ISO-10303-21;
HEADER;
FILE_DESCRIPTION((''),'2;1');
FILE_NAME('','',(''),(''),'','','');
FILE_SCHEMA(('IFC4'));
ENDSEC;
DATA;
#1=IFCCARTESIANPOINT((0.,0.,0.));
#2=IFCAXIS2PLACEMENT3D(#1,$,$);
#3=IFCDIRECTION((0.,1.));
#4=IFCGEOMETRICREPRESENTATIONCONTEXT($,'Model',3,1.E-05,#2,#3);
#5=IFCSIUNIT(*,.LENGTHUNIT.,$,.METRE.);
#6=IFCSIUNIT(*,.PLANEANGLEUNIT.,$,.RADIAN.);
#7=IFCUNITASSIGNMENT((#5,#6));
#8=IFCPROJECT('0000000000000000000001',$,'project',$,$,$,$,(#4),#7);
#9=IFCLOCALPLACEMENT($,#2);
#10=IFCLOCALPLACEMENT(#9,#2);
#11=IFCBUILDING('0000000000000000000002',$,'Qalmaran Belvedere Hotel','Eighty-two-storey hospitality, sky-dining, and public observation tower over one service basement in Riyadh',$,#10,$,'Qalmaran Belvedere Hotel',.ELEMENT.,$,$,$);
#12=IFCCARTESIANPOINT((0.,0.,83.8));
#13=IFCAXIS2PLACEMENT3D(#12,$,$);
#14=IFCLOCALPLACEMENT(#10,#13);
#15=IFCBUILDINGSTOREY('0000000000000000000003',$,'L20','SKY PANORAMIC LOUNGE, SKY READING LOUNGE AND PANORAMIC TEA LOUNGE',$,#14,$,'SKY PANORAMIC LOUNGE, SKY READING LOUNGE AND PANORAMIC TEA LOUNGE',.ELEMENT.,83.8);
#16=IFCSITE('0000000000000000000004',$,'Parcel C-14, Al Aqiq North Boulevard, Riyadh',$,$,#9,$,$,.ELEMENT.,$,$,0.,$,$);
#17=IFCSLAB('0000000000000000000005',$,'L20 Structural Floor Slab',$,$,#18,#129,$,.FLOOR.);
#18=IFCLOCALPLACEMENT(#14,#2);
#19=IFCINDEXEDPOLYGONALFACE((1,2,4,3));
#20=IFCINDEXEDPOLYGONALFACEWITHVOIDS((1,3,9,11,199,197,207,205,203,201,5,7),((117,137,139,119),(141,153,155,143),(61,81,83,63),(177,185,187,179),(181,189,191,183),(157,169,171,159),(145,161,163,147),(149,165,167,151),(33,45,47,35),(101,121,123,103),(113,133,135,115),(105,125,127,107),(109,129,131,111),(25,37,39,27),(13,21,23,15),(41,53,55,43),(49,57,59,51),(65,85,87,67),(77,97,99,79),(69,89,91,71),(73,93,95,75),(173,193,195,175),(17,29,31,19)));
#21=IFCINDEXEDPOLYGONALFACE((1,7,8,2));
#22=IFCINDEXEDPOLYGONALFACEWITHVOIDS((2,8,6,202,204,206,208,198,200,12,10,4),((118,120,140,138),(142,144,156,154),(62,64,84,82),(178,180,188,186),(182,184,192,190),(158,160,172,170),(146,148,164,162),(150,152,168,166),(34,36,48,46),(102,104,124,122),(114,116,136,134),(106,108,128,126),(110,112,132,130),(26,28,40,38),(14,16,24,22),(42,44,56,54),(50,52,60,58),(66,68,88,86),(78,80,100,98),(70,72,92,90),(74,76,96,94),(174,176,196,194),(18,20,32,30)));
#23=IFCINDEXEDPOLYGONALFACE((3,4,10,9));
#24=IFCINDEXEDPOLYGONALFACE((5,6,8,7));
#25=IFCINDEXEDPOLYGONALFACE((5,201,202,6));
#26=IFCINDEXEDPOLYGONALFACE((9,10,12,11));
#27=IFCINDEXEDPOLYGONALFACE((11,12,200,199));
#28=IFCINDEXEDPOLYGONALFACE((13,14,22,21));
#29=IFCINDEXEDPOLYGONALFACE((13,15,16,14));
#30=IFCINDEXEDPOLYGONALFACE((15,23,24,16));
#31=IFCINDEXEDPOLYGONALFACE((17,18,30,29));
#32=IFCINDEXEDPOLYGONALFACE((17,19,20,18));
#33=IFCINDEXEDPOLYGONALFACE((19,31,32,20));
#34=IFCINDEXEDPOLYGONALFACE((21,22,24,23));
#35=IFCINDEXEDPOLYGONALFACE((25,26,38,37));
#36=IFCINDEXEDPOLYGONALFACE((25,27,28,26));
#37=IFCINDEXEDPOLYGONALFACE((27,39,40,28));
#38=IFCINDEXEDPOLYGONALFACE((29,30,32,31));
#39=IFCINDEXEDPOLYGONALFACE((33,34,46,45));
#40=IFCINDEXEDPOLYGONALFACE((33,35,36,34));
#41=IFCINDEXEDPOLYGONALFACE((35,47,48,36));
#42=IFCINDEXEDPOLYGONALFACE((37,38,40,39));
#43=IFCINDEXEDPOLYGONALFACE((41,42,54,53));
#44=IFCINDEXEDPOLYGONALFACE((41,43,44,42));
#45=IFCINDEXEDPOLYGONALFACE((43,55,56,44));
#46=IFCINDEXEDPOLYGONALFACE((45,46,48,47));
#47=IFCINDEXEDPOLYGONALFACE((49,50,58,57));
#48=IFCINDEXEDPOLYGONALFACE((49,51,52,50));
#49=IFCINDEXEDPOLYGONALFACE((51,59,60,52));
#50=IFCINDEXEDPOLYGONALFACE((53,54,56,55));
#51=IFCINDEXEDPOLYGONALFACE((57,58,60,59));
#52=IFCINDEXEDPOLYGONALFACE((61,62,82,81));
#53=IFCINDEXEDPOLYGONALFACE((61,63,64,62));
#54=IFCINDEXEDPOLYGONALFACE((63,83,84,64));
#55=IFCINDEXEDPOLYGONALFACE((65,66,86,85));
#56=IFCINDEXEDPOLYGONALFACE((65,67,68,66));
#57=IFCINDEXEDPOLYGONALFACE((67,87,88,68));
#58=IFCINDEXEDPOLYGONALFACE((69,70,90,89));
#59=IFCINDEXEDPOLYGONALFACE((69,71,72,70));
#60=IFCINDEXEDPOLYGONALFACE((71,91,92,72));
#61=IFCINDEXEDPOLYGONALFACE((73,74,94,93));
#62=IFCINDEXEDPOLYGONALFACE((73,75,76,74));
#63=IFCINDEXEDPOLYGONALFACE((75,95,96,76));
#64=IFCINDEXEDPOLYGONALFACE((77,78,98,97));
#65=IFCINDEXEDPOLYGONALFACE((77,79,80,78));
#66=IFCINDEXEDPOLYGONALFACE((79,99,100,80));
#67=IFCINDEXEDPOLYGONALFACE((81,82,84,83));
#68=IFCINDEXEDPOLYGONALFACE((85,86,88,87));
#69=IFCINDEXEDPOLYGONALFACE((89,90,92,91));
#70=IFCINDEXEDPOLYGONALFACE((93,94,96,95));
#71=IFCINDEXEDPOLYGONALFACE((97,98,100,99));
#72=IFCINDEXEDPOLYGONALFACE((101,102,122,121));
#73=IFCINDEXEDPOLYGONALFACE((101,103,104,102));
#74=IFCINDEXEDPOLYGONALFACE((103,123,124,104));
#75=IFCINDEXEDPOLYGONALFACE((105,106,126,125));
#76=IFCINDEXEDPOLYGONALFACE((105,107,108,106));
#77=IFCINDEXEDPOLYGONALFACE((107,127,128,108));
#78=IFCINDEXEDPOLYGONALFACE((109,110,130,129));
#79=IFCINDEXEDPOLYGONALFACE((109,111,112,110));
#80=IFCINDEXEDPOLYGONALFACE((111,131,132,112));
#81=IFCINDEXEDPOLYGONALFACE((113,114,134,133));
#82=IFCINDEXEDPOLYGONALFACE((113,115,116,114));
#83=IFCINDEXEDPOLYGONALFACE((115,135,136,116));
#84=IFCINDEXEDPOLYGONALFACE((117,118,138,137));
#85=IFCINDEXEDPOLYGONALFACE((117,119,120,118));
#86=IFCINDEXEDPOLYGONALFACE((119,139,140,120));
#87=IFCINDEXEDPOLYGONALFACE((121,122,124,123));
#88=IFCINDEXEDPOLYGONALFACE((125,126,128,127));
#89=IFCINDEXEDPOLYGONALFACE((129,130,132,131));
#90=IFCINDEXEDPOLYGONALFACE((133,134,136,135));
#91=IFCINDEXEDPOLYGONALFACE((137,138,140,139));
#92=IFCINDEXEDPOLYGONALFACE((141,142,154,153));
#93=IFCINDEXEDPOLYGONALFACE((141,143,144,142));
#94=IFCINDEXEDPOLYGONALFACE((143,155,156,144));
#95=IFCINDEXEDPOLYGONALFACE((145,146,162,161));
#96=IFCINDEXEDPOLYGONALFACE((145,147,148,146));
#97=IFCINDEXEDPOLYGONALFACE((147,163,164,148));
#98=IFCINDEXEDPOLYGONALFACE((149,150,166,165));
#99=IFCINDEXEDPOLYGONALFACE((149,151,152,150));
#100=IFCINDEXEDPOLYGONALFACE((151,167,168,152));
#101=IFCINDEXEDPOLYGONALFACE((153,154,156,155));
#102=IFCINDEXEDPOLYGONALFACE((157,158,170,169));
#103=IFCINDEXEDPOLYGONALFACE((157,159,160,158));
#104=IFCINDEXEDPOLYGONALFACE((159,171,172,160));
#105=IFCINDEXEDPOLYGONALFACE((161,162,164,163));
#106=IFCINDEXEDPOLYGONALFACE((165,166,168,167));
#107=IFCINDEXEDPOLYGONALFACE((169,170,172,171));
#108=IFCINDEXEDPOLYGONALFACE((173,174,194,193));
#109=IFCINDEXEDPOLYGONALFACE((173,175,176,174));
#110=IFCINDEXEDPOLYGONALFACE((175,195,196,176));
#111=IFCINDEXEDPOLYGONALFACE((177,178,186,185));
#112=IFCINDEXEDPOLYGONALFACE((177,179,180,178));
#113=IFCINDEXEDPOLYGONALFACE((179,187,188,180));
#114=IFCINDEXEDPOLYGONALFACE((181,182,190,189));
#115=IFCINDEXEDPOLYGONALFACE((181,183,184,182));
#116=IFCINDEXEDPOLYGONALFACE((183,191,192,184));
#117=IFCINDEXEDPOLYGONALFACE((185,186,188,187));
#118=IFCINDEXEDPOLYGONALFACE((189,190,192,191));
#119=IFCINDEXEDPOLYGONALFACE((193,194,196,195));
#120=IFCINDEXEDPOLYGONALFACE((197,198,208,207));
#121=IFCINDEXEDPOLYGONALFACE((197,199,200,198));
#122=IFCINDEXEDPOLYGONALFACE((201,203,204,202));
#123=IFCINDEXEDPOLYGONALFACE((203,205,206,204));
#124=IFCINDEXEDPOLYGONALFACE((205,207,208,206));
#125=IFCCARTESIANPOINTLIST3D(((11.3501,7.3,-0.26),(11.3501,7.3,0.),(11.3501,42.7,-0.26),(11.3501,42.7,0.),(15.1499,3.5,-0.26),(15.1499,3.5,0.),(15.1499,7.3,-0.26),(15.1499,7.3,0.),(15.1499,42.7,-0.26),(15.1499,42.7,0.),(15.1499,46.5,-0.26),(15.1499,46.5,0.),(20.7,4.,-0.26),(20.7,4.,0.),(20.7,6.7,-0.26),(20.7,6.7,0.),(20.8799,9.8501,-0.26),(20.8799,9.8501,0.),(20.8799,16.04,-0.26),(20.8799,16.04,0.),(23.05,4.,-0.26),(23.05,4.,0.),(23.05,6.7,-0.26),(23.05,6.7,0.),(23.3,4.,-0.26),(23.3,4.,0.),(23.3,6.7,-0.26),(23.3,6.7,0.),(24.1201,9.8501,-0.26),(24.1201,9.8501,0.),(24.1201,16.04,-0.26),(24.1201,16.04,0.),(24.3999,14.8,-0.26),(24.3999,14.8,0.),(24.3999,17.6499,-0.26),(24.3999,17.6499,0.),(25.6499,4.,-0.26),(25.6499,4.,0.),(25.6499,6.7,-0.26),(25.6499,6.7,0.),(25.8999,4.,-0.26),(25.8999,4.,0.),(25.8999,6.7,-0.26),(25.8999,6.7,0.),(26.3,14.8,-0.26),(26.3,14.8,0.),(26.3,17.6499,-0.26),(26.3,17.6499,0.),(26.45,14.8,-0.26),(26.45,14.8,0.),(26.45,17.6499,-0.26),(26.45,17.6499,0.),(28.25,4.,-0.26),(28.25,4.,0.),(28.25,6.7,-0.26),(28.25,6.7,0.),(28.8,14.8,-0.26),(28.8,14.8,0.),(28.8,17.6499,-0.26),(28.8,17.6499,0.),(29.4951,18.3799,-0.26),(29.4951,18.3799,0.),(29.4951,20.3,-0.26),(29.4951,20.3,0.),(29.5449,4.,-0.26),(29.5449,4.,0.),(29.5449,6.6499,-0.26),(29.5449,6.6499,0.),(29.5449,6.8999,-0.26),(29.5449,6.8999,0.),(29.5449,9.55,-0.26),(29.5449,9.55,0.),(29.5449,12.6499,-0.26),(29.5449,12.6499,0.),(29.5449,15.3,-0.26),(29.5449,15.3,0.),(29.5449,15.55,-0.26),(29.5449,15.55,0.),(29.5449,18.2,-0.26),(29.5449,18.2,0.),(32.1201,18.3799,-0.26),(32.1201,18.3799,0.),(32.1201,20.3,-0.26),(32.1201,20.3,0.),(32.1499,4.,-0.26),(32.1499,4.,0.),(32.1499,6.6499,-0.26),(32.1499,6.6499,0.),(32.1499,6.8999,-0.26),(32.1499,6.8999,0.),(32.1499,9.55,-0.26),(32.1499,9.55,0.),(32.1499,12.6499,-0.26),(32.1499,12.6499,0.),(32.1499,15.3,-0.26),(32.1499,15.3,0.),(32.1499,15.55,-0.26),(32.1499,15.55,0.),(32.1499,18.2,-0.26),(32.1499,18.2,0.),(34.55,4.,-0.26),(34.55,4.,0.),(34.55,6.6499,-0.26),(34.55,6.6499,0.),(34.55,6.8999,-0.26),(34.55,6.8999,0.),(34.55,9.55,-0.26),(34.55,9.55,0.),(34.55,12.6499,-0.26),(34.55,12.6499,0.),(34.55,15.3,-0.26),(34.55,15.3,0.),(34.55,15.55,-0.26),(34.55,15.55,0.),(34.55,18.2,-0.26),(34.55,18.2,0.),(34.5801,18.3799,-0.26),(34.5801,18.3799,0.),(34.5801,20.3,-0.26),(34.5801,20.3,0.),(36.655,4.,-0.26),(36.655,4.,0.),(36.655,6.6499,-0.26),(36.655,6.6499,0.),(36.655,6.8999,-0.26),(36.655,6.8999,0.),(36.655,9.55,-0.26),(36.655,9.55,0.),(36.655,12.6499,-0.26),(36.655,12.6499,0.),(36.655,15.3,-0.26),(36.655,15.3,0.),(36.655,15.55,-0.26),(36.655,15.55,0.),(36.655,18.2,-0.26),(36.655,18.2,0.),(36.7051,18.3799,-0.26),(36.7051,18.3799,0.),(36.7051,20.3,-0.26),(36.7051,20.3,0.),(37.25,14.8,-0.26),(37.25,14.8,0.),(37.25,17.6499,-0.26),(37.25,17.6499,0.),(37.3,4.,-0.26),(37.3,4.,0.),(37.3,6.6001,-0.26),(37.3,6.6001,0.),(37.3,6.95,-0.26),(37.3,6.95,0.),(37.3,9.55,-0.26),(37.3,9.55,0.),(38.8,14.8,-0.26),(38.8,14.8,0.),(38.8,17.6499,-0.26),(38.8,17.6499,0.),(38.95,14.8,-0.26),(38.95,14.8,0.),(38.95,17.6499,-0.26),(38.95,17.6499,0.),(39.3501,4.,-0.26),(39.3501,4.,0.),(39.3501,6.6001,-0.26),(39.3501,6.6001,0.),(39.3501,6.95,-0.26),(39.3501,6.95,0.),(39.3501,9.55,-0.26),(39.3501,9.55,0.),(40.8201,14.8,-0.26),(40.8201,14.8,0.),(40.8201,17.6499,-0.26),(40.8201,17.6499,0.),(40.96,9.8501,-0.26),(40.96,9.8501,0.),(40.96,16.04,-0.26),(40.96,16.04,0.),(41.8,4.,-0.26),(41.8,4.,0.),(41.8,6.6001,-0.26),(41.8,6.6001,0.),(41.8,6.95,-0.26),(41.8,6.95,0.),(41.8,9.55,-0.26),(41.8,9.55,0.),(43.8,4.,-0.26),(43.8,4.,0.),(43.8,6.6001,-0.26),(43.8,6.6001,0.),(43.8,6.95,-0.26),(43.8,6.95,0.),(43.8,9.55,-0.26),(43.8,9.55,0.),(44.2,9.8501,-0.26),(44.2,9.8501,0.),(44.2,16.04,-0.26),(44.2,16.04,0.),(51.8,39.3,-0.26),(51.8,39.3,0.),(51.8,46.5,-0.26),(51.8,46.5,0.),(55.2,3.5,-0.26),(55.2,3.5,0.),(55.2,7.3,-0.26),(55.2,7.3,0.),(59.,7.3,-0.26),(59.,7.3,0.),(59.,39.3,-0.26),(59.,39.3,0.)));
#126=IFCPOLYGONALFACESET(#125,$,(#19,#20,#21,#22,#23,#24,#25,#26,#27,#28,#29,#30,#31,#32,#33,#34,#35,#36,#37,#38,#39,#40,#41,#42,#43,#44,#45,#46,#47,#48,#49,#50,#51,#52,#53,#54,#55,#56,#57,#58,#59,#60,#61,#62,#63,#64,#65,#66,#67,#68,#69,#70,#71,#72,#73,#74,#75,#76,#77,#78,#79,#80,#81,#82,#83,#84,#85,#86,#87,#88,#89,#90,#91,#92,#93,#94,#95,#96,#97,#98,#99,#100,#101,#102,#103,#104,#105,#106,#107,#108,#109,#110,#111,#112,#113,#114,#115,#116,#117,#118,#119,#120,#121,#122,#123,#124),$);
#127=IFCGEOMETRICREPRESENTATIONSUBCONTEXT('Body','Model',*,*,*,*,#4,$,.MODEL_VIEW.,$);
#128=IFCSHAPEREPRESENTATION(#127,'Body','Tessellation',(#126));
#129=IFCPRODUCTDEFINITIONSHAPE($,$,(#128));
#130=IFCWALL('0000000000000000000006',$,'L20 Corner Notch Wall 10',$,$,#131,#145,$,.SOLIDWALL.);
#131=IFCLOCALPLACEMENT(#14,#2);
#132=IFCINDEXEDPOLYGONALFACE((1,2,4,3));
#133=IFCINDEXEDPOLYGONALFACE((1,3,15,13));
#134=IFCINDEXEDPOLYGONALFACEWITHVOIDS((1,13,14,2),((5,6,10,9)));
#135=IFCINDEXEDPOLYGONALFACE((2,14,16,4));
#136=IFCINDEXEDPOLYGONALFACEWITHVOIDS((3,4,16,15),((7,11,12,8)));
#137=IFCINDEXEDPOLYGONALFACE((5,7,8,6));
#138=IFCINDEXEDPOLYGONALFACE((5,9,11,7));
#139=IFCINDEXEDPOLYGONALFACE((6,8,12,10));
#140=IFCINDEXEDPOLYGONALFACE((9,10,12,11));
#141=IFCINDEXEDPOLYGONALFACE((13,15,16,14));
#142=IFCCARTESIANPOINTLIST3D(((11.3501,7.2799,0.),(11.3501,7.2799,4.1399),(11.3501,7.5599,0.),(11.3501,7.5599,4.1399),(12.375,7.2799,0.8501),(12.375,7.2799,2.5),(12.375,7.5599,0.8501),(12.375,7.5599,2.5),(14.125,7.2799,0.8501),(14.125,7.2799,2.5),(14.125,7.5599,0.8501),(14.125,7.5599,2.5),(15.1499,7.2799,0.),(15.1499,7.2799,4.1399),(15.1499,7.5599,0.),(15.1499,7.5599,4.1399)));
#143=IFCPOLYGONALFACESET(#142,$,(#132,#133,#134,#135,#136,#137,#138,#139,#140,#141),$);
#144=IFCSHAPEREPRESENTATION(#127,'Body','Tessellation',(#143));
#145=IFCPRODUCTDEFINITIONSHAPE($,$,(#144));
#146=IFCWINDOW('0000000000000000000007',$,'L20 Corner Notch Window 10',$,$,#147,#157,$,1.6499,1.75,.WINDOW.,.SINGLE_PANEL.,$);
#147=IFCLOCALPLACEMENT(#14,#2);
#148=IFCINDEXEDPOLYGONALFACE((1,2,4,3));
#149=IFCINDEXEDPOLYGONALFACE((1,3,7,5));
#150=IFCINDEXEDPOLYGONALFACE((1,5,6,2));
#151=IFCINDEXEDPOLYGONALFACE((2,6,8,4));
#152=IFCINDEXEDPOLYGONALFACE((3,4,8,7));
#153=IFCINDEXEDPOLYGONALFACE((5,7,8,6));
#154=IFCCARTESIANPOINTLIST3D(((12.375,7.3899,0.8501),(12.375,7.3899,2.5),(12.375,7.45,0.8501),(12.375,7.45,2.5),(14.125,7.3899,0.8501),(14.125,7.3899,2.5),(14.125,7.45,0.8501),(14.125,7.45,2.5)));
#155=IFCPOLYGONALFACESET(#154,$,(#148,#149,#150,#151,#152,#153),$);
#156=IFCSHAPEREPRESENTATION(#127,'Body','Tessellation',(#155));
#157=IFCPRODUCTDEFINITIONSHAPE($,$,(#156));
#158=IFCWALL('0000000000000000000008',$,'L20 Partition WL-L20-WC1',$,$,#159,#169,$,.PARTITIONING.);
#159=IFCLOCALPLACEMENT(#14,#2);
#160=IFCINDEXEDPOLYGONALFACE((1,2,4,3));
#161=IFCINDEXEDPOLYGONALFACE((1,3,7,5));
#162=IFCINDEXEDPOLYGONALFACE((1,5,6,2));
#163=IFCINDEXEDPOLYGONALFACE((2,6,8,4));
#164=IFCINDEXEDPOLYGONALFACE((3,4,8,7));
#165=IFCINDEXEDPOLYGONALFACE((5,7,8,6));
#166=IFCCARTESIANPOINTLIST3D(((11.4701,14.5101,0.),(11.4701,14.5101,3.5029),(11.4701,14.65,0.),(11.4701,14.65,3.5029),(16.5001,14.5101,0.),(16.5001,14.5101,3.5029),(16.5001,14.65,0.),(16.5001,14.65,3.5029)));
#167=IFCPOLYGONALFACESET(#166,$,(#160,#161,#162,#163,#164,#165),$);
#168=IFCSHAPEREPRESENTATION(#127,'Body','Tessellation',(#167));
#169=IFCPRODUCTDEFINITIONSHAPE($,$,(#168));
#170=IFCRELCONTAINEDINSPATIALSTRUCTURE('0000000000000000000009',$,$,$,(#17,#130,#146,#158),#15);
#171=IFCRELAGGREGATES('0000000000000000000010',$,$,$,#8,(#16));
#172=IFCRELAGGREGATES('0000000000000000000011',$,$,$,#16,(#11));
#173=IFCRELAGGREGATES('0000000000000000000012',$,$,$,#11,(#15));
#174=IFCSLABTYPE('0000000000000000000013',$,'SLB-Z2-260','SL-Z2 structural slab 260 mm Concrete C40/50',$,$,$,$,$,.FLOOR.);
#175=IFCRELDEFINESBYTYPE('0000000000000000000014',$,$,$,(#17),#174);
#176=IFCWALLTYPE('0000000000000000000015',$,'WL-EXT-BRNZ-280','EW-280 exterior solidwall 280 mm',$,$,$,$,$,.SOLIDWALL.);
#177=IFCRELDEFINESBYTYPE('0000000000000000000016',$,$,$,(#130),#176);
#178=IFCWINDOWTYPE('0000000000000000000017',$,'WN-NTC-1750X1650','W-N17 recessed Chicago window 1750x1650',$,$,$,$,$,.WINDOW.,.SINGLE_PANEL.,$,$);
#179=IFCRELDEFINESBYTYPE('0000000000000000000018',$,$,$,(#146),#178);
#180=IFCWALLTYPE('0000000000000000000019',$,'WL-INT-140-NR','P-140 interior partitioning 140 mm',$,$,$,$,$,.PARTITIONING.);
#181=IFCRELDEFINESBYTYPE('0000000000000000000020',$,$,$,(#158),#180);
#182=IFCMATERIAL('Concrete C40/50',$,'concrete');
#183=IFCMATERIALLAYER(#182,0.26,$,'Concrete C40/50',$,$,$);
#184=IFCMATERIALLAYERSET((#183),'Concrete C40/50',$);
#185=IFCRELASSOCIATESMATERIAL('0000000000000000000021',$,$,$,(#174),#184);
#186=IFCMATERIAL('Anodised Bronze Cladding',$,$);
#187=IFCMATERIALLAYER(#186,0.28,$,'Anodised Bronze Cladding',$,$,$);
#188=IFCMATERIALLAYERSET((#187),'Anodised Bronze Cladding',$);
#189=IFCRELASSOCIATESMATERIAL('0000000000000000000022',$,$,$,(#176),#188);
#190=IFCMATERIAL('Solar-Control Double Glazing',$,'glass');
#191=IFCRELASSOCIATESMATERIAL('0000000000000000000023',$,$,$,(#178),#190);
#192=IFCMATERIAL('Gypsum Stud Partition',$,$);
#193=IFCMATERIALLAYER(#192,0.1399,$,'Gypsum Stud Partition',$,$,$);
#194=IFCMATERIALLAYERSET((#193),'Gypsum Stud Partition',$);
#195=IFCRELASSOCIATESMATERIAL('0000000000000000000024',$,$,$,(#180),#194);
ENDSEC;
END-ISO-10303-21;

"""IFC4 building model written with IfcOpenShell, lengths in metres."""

from ifc_helpers import new_model, si_unit, direction, frame, frame_2d, origin, place, context, subcontext, project, spatial, polyline, rectangle, outline, extrude, material, layer, layer_set, type_object, element, fill, save


model = new_model("IFC4")

# Units and contexts
model_context = context("Model", 3, precision=1e-05, world=origin(), true_north=direction((0.0, 1.0)))
body_context = subcontext(model_context, "Body", "Model", "MODEL_VIEW")
ifc_project = project(units=[si_unit("LENGTHUNIT", "METRE"), si_unit("PLANEANGLEUNIT", "RADIAN")], contexts=[model_context])

# Site, building, storey
site_placement = place(None, origin())
site = spatial("IfcSite", under=ifc_project, at=site_placement, Name="Parcel C-14, Al Aqiq North Boulevard, Riyadh", CompositionType="ELEMENT", RefElevation=0.0)
building_placement = place(site_placement, origin())
building = spatial("IfcBuilding", under=site, at=building_placement, Name="Qalmaran Belvedere Hotel", Description="Eighty-two-storey hospitality, sky-dining, and public observation tower over one service basement in Riyadh", LongName="Qalmaran Belvedere Hotel", CompositionType="ELEMENT")
storey_placement = place(building_placement, frame((0.0, 0.0, 83.8)))
storey = spatial("IfcBuildingStorey", under=building, at=storey_placement, Name="L20", Description="SKY PANORAMIC LOUNGE, SKY READING LOUNGE AND PANORAMIC TEA LOUNGE", LongName="SKY PANORAMIC LOUNGE, SKY READING LOUNGE AND PANORAMIC TEA LOUNGE", CompositionType="ELEMENT", Elevation=83.8)

# Shared definitions
ifc_material_1 = material(Name="Solar-Control Double Glazing", Category="glass")

# Shared definitions
ifc_material_2 = material(Name="Concrete C40/50", Category="concrete")

# Slab
ifc_layer_1 = layer(ifc_material_2, 0.26, Name="Concrete C40/50")
ifc_layer_set_1 = layer_set([ifc_layer_1], Name="Concrete C40/50")
slab_type_1 = type_object("IfcSlabType", Name="SLB-Z2-260", Description="SL-Z2 structural slab 260 mm Concrete C40/50", PredefinedType="FLOOR", material=ifc_layer_set_1)
slab_1_placement = place(storey_placement, frame((0.0, 0.0, -0.26)))
element("IfcSlab", 1, at=slab_1_placement, inside=storey, type_object=slab_type_1, Name="L20 Structural Floor Slab", PredefinedType="FLOOR", context=body_context, shape_type="SweptSolid", body=[
    extrude(outline(polyline([(15.1499, 3.5), (55.2, 3.5), (55.2, 7.3), (59.0, 7.3), (59.0, 39.3), (51.8, 39.3), (51.8, 46.5), (15.1499, 46.5), (15.1499, 42.7), (11.3501, 42.7), (11.3501, 7.3), (15.1499, 7.3), (15.1499, 3.5)]), holes=[polyline([(20.8799, 9.8501), (24.1201, 9.8501), (24.1201, 16.04), (20.8799, 16.04), (20.8799, 9.8501)]), polyline([(40.96, 9.8501), (44.2, 9.8501), (44.2, 16.04), (40.96, 16.04), (40.96, 9.8501)]), polyline([(29.5449, 4.0), (32.1499, 4.0), (32.1499, 6.6499), (29.5449, 6.6499), (29.5449, 4.0)]), polyline([(29.5449, 6.8999), (32.1499, 6.8999), (32.1499, 9.55), (29.5449, 9.55), (29.5449, 6.8999)]), polyline([(34.55, 4.0), (36.655, 4.0), (36.655, 6.6499), (34.55, 6.6499), (34.55, 4.0)]), polyline([(34.55, 6.8999), (36.655, 6.8999), (36.655, 9.55), (34.55, 9.55), (34.55, 6.8999)]), polyline([(29.5449, 12.6499), (32.1499, 12.6499), (32.1499, 15.3), (29.5449, 15.3), (29.5449, 12.6499)]), polyline([(29.5449, 15.55), (32.1499, 15.55), (32.1499, 18.2), (29.5449, 18.2), (29.5449, 15.55)]), polyline([(34.55, 12.6499), (36.655, 12.6499), (36.655, 15.3), (34.55, 15.3), (34.55, 12.6499)]), polyline([(34.55, 15.55), (36.655, 15.55), (36.655, 18.2), (34.55, 18.2), (34.55, 15.55)]), polyline([(37.3, 4.0), (39.3501, 4.0), (39.3501, 6.6001), (37.3, 6.6001), (37.3, 4.0)]), polyline([(37.3, 6.95), (39.3501, 6.95), (39.3501, 9.55), (37.3, 9.55), (37.3, 6.95)]), polyline([(41.8, 4.0), (43.8, 4.0), (43.8, 6.6001), (41.8, 6.6001), (41.8, 4.0)]), polyline([(41.8, 6.95), (43.8, 6.95), (43.8, 9.55), (41.8, 9.55), (41.8, 6.95)]), polyline([(20.7, 4.0), (23.05, 4.0), (23.05, 6.7), (20.7, 6.7), (20.7, 4.0)]), polyline([(23.3, 4.0), (25.6499, 4.0), (25.6499, 6.7), (23.3, 6.7), (23.3, 4.0)]), polyline([(25.8999, 4.0), (28.25, 4.0), (28.25, 6.7), (25.8999, 6.7), (25.8999, 4.0)]), polyline([(24.3999, 14.8), (26.3, 14.8), (26.3, 17.6499), (24.3999, 17.6499), (24.3999, 14.8)]), polyline([(38.95, 14.8), (40.8201, 14.8), (40.8201, 17.6499), (38.95, 17.6499), (38.95, 14.8)]), polyline([(26.45, 14.8), (28.8, 14.8), (28.8, 17.6499), (26.45, 17.6499), (26.45, 14.8)]), polyline([(37.25, 14.8), (38.8, 14.8), (38.8, 17.6499), (37.25, 17.6499), (37.25, 14.8)]), polyline([(29.4951, 18.3799), (32.1201, 18.3799), (32.1201, 20.3), (29.4951, 20.3), (29.4951, 18.3799)]), polyline([(34.5801, 18.3799), (36.7051, 18.3799), (36.7051, 20.3), (34.5801, 20.3), (34.5801, 18.3799)])]), origin(), (0.0, 0.0, 1.0), 0.26),
])

# Wall, opening, window
ifc_material_3 = material(Name="Anodised Bronze Cladding")
ifc_layer_2 = layer(ifc_material_3, 0.28, Name="Anodised Bronze Cladding")
ifc_layer_set_2 = layer_set([ifc_layer_2], Name="Anodised Bronze Cladding")
wall_type_1 = type_object("IfcWallType", Name="WL-EXT-BRNZ-280", Description="EW-280 exterior solidwall 280 mm", PredefinedType="SOLIDWALL", material=ifc_layer_set_2)
wall_1_placement = place(storey_placement, frame((11.3501, 7.4199, 0.0), z_axis=(0.0, 0.0, 1.0), x_axis=(1.0, 0.0, 0.0)))
wall_1 = element("IfcWall", 2, at=wall_1_placement, inside=storey, type_object=wall_type_1, Name="L20 Corner Notch Wall 10", PredefinedType="SOLIDWALL", context=body_context, shape_type="SweptSolid", body=[
    extrude(rectangle(XDim=3.7998, YDim=0.28, at=frame_2d((1.8999, 0.0))), origin(), (0.0, 0.0, 1.0), 4.1399),
])
opening_placement = place(wall_1_placement, frame((1.0249, 0.0, 0.8501)))
opening = element("IfcOpeningElement", 3, at=opening_placement, cuts=wall_1, PredefinedType="OPENING", context=body_context, shape_type="SweptSolid", body=[
    extrude(rectangle(XDim=1.75, YDim=1.6499, at=frame_2d((0.875, 0.825))), frame((0.0, 0.1499, 0.0), z_axis=(0.0, -1.0, 0.0), x_axis=(1.0, 0.0, 0.0)), (0.0, 0.0, 1.0), 0.3),
])
window_type = type_object("IfcWindowType", Name="WN-NTC-1750X1650", Description="W-N17 recessed Chicago window 1750x1650", PartitioningType="SINGLE_PANEL", PredefinedType="WINDOW", material=ifc_material_1)
window_placement = place(opening_placement, origin())
window = element("IfcWindow", 4, at=window_placement, inside=storey, type_object=window_type, Name="L20 Corner Notch Window 10", OverallHeight=1.6499, OverallWidth=1.75, PartitioningType="SINGLE_PANEL", PredefinedType="WINDOW", context=body_context, shape_type="SweptSolid", body=[
    extrude(rectangle(XDim=1.75, YDim=1.6499, at=frame_2d((0.875, 0.825))), frame((0.0, 0.03, 0.0), z_axis=(0.0, -1.0, 0.0), x_axis=(1.0, 0.0, 0.0)), (0.0, 0.0, 1.0), 0.0601),
])
fill(opening, window)

# Wall
ifc_material_4 = material(Name="Gypsum Stud Partition")
ifc_layer_3 = layer(ifc_material_4, 0.1399, Name="Gypsum Stud Partition")
ifc_layer_set_3 = layer_set([ifc_layer_3], Name="Gypsum Stud Partition")
wall_type_2 = type_object("IfcWallType", Name="WL-INT-140-NR", Description="P-140 interior partitioning 140 mm", PredefinedType="PARTITIONING", material=ifc_layer_set_3)
wall_2_placement = place(storey_placement, frame((11.47, 14.5801, 0.0), z_axis=(0.0, 0.0, 1.0), x_axis=(1.0, 0.0, 0.0)))
element("IfcWall", 5, at=wall_2_placement, inside=storey, type_object=wall_type_2, Name="L20 Partition WL-L20-WC1", PredefinedType="PARTITIONING", context=body_context, shape_type="SweptSolid", body=[
    extrude(rectangle(XDim=5.03, YDim=0.1399, at=frame_2d((2.5151, 0.0))), origin(), (0.0, 0.0, 1.0), 3.5029),
])

save(model, "model.ifc")
